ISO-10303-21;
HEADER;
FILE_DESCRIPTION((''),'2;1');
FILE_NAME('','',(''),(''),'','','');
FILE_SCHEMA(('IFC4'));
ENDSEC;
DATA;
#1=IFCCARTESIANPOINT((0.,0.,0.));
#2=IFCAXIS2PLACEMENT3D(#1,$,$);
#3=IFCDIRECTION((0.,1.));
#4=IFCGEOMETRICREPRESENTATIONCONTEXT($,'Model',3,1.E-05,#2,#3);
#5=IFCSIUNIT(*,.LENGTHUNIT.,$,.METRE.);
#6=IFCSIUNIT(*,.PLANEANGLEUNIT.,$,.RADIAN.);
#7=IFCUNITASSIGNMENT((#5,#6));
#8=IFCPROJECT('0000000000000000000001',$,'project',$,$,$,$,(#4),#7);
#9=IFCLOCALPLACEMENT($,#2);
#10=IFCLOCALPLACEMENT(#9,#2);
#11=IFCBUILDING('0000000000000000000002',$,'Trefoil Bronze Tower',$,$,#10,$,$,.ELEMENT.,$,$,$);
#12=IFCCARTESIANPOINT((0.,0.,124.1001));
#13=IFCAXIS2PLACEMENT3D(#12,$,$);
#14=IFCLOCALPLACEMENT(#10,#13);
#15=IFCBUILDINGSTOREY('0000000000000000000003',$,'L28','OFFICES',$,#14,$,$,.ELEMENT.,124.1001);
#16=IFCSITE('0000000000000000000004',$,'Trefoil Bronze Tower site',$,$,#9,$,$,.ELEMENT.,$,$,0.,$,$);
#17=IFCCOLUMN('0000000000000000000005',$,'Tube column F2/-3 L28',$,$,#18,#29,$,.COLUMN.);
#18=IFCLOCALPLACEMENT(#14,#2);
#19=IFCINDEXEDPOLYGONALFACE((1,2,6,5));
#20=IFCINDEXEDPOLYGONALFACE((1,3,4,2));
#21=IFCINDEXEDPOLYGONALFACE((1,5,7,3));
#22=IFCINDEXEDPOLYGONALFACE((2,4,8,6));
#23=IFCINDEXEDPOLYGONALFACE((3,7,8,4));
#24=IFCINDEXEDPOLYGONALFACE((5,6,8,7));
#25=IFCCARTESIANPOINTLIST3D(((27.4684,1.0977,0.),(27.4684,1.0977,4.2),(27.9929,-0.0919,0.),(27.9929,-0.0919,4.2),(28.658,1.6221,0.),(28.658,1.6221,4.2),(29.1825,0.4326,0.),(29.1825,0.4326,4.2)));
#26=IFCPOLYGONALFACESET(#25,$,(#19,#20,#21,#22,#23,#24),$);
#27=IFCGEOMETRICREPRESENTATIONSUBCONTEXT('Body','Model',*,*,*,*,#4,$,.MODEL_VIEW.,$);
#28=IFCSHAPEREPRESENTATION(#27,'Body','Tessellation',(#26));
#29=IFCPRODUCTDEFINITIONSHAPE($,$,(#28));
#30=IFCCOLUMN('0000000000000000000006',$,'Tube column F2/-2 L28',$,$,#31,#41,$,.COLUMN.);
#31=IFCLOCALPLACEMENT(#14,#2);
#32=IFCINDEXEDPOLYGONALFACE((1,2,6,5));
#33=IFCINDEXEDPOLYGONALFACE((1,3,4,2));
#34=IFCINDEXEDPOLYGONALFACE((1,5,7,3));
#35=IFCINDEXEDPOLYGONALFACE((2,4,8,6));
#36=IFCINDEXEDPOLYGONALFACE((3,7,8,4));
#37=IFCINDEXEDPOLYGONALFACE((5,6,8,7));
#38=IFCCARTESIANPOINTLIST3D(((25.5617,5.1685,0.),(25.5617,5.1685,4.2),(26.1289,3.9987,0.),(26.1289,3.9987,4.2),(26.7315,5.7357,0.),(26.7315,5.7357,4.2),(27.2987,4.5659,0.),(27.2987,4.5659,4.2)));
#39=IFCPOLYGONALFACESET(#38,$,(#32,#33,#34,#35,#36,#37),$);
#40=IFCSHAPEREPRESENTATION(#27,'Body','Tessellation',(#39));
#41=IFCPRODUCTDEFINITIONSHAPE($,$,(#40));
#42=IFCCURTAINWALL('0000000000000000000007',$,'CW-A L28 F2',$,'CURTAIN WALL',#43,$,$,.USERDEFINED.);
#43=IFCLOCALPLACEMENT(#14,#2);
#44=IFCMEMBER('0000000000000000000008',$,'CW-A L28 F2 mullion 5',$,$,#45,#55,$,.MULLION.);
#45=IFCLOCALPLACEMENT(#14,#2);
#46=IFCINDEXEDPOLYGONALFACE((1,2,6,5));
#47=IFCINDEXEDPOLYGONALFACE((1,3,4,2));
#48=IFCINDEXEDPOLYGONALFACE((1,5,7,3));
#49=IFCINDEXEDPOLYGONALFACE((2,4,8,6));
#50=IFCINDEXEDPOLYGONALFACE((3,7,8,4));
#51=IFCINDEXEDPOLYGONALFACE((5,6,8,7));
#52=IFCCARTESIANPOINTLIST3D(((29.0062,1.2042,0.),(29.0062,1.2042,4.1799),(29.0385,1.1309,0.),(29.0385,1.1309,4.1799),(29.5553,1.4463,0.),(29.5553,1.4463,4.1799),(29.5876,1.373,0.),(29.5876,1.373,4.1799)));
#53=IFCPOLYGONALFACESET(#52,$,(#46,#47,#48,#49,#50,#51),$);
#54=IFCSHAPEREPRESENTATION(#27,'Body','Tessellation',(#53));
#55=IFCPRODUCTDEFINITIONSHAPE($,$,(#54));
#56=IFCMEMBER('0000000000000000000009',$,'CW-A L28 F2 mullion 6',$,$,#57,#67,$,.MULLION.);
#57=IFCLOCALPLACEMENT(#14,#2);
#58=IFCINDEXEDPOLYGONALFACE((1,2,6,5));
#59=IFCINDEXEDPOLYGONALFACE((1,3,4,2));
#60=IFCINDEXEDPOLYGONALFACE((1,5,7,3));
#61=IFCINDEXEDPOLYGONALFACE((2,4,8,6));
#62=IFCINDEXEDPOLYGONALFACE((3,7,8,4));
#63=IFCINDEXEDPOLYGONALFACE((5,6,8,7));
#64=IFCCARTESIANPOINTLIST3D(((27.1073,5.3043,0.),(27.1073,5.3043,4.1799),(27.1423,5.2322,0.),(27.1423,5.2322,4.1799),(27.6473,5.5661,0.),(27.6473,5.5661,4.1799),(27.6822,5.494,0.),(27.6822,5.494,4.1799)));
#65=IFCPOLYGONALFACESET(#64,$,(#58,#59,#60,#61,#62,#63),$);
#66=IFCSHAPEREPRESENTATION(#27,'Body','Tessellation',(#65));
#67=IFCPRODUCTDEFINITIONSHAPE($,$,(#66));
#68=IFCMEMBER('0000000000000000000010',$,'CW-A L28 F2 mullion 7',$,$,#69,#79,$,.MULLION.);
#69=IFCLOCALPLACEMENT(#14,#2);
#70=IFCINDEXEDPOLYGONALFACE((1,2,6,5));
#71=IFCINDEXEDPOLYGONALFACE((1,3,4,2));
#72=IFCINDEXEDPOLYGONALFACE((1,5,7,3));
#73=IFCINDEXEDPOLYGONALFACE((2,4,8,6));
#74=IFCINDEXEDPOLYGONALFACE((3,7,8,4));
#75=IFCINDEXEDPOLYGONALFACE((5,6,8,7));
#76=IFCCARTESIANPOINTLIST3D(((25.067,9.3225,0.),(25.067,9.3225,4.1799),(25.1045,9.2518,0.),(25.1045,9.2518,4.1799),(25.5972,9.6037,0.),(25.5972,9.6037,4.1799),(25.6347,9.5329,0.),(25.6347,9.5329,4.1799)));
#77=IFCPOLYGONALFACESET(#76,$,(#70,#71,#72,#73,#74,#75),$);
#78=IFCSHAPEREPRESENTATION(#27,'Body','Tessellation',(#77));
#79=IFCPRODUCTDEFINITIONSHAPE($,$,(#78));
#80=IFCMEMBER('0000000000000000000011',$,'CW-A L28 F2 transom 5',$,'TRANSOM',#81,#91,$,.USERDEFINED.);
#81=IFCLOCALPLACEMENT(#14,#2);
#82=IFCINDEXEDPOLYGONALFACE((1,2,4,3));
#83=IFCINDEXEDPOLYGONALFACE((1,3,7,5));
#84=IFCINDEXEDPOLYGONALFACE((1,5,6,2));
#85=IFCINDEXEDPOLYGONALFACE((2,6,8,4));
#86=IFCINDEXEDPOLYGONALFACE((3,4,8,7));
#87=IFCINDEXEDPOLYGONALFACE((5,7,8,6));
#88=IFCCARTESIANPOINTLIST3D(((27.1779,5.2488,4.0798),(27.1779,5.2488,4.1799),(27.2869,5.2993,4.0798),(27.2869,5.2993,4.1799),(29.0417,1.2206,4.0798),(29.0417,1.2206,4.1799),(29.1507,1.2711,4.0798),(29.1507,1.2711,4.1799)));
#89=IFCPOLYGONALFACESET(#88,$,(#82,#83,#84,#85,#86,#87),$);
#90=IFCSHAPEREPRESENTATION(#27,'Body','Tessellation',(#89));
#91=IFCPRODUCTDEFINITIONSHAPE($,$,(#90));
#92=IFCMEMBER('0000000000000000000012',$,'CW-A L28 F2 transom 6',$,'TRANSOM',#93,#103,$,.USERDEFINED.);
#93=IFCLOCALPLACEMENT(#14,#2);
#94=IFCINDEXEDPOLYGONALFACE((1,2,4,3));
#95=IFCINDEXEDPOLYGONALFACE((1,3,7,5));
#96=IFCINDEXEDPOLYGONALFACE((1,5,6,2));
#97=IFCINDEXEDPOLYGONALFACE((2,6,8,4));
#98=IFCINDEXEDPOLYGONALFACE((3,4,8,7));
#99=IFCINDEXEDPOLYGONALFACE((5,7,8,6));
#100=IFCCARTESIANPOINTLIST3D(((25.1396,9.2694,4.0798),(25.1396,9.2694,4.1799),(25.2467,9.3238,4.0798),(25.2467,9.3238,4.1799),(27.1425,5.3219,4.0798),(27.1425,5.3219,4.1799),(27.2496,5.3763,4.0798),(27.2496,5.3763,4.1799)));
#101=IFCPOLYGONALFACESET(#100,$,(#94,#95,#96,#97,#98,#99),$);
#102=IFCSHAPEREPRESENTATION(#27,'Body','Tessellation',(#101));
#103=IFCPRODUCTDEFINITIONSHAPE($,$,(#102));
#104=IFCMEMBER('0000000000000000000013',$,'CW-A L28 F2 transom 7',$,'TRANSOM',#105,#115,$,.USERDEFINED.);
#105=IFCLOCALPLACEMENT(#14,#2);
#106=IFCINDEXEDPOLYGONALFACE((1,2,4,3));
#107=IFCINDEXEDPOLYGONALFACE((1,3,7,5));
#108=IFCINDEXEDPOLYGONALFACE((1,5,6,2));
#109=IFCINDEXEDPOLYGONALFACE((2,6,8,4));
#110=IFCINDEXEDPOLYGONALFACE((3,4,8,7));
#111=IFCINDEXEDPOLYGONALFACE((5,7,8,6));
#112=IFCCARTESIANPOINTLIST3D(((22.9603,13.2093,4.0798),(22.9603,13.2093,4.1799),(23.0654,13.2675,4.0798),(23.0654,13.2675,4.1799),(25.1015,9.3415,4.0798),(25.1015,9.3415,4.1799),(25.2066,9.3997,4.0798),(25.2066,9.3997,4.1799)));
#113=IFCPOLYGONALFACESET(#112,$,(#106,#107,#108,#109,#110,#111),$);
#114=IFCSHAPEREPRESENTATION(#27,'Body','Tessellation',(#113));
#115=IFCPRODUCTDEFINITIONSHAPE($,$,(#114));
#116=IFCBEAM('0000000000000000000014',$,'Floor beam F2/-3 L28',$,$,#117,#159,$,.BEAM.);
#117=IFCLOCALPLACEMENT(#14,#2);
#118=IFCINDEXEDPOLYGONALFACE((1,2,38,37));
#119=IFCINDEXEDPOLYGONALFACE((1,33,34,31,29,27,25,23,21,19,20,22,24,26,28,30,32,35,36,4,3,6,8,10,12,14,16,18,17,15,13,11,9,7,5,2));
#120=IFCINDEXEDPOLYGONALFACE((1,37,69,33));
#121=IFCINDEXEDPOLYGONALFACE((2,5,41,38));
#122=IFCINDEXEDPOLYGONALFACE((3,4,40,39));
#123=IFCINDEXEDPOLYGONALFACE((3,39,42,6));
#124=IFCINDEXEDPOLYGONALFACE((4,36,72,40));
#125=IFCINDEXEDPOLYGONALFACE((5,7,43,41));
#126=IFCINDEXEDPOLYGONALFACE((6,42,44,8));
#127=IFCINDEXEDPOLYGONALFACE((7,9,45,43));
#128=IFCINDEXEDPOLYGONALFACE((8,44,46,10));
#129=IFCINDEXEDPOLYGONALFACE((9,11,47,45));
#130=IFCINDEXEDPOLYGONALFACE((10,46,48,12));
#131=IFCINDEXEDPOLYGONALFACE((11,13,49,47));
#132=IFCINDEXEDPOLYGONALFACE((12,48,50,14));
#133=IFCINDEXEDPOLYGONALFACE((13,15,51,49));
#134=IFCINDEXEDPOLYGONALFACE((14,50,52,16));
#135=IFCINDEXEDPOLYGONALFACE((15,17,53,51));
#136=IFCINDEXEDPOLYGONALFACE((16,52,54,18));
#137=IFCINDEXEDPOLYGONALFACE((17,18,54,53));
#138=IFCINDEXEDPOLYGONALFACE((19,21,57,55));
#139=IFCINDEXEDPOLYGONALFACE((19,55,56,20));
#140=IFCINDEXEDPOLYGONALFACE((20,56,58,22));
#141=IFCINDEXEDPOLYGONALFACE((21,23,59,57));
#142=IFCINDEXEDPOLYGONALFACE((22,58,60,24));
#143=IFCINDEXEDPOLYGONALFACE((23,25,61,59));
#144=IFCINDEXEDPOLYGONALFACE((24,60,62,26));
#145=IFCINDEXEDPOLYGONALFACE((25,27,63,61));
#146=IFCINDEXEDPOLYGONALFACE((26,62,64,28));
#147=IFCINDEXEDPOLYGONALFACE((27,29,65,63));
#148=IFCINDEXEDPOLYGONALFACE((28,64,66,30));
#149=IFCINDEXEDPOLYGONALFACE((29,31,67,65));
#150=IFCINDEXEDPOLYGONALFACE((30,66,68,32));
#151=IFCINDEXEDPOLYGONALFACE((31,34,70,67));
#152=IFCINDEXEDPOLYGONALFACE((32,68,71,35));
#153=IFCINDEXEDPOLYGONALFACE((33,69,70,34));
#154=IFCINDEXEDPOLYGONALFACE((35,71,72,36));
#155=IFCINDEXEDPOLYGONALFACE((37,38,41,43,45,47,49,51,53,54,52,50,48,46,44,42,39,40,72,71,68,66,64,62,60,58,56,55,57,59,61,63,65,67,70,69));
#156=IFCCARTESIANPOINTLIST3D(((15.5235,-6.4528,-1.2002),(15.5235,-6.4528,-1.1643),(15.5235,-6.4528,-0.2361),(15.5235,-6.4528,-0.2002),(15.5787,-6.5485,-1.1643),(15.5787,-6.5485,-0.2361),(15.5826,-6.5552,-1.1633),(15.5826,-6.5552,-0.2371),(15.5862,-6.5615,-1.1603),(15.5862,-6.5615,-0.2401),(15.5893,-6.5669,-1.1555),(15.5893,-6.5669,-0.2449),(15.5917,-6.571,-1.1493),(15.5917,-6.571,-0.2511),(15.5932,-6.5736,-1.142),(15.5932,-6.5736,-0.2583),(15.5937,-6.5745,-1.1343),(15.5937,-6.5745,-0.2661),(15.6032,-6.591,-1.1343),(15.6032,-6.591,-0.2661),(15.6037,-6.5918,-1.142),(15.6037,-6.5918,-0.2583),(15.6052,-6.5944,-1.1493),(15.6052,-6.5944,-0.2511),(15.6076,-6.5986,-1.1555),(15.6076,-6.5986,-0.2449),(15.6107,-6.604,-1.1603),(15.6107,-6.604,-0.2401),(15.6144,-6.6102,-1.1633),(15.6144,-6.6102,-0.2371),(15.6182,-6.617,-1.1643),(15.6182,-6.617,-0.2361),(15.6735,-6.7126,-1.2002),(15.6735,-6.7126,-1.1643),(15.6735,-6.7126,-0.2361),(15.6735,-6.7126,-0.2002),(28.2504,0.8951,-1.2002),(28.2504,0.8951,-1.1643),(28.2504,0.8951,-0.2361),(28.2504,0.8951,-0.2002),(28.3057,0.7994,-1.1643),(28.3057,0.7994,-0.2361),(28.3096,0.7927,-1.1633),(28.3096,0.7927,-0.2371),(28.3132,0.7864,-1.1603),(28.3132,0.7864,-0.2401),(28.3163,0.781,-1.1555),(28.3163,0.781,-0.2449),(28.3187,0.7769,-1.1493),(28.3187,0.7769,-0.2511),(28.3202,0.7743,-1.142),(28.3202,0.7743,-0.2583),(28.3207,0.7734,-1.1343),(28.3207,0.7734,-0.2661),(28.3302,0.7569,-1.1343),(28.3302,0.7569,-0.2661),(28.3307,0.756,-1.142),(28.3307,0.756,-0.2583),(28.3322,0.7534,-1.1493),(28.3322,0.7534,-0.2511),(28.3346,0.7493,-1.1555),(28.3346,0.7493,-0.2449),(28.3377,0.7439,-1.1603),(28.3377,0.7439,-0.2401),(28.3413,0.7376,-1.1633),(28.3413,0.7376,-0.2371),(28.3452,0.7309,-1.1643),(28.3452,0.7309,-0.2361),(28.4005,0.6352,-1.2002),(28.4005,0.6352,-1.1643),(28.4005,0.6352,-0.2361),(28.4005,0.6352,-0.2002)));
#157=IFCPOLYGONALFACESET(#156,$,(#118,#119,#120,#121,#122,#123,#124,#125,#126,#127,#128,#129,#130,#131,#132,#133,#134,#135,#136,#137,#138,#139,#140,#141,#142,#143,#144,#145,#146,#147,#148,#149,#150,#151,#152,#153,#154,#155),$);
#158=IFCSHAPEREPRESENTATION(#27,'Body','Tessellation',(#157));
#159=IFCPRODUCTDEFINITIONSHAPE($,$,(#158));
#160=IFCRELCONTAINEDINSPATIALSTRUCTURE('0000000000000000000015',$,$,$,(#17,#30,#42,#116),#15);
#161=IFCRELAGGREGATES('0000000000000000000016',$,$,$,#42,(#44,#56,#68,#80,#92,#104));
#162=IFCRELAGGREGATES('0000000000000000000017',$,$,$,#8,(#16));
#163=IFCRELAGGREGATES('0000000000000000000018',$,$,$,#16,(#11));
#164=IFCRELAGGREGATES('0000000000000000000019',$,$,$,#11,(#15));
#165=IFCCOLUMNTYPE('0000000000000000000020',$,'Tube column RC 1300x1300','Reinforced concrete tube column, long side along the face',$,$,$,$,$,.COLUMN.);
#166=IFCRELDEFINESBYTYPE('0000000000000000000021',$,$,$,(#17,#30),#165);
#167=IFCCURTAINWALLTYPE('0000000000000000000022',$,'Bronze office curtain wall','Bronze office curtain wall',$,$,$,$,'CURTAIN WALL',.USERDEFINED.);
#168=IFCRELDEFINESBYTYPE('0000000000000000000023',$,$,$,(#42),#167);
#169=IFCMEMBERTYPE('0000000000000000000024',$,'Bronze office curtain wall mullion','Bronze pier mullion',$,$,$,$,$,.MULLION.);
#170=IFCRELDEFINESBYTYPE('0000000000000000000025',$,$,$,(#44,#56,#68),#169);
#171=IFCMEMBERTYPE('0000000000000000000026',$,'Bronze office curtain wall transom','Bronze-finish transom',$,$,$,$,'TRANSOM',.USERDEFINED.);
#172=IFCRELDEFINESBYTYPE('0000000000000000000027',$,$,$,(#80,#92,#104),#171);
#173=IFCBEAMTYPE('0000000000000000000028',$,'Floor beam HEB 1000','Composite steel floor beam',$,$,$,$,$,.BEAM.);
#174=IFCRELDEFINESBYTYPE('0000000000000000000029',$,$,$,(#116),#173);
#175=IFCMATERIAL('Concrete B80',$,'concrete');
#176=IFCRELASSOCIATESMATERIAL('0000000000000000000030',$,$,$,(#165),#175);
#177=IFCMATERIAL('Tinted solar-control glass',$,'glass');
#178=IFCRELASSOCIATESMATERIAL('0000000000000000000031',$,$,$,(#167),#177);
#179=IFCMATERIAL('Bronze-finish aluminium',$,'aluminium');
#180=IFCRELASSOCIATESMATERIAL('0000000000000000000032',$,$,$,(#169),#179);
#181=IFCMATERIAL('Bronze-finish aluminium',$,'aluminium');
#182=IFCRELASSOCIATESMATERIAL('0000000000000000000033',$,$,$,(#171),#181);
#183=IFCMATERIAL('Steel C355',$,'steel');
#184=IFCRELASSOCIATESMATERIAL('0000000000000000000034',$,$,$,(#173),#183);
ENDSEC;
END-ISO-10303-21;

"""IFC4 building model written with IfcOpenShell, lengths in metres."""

from ifc_helpers import new_model, si_unit, direction, frame, origin, origin_2d, place, context, subcontext, project, spatial, rectangle, i_section, extrude, material, material_profile, profile_set, type_object, element, aggregate, save


model = new_model("IFC4")

# Units and contexts
model_context = context("Model", 3, precision=1e-05, world=origin(), true_north=direction((0.0, 1.0)))
body_context = subcontext(model_context, "Body", "Model", "MODEL_VIEW")
ifc_project = project(units=[si_unit("LENGTHUNIT", "METRE"), si_unit("PLANEANGLEUNIT", "RADIAN")], contexts=[model_context])

# Site, building, storey
site_placement = place(None, origin())
site = spatial("IfcSite", under=ifc_project, at=site_placement, Name="Trefoil Bronze Tower site", CompositionType="ELEMENT", RefElevation=0.0)
building_placement = place(site_placement, origin())
building = spatial("IfcBuilding", under=site, at=building_placement, Name="Trefoil Bronze Tower", CompositionType="ELEMENT")
storey_placement = place(building_placement, frame((0.0, 0.0, 124.1001)))
storey = spatial("IfcBuildingStorey", under=building, at=storey_placement, Name="L28", Description="OFFICES", CompositionType="ELEMENT", Elevation=124.1001)

# Columns
ifc_material_1 = material(Name="Concrete B80", Category="concrete")
ifc_material_profile_1 = material_profile(ifc_material_1, rectangle(XDim=1.3, YDim=1.3, at=origin_2d()), Name="RC 1300x1300")
ifc_profile_set_1 = profile_set([ifc_material_profile_1], Name="Concrete B80")
column_type = type_object("IfcColumnType", Name="Tube column RC 1300x1300", Description="Reinforced concrete tube column, long side along the face", PredefinedType="COLUMN", material=ifc_profile_set_1)
for number, where, z_axis, x_axis, name in (
    (1, (28.3254, 0.7651, 0.0), (0.0, 0.0, 1.0), (-0.403412, 0.915018, 0.0), "Tube column F2/-3 L28"),
    (2, (26.4302, 4.8672, 0.0), (0.0, 0.0, 1.0), (-0.436262, 0.89982, 0.0), "Tube column F2/-2 L28"),
):
    element("IfcColumn", number, at=place(storey_placement, frame(where, z_axis=z_axis, x_axis=x_axis)), inside=storey, type_object=column_type, Name=name, PredefinedType="COLUMN", context=body_context, shape_type="SweptSolid", body=[
        extrude(rectangle(XDim=1.3, YDim=1.3, at=origin_2d()), origin(), (0.0, 0.0, 1.0), 4.2),
    ])

# Curtain wall, members
ifc_material_2 = material(Name="Tinted solar-control glass", Category="glass")
curtain_wall_type = type_object("IfcCurtainWallType", Name="Bronze office curtain wall", Description="Bronze office curtain wall", ElementType="CURTAIN WALL", PredefinedType="USERDEFINED", material=ifc_material_2)
curtain_wall_placement = place(storey_placement, origin())
curtain_wall = element("IfcCurtainWall", 3, at=curtain_wall_placement, inside=storey, type_object=curtain_wall_type, Name="CW-A L28 F2", ObjectType="CURTAIN WALL", PredefinedType="USERDEFINED")
ifc_material_3 = material(Name="Bronze-finish aluminium", Category="aluminium")
ifc_material_profile_2 = material_profile(ifc_material_3, rectangle(XDim=0.6001, YDim=0.0801, at=origin_2d()), Name="CW-A mullion")
ifc_profile_set_2 = profile_set([ifc_material_profile_2], Name="Bronze-finish aluminium")
member_type_1 = type_object("IfcMemberType", Name="Bronze office curtain wall mullion", Description="Bronze pier mullion", PredefinedType="MULLION", material=ifc_profile_set_2)
member_1_placement = place(storey_placement, frame((29.2969, 1.2886, 0.0), z_axis=(0.0, 0.0, 1.0), x_axis=(-0.915018, -0.403412, 0.0)))
member_1 = element("IfcMember", 4, at=member_1_placement, type_object=member_type_1, Name="CW-A L28 F2 mullion 5", PredefinedType="MULLION", context=body_context, shape_type="SweptSolid", body=[
    extrude(rectangle(XDim=0.6001, YDim=0.0801, at=origin_2d()), origin(), (0.0, 0.0, 1.0), 4.1799),
])
member_2_placement = place(storey_placement, frame((27.3948, 5.3992, 0.0), z_axis=(0.0, 0.0, 1.0), x_axis=(-0.89982, -0.436262, 0.0)))
member_2 = element("IfcMember", 5, at=member_2_placement, type_object=member_type_1, Name="CW-A L28 F2 mullion 6", PredefinedType="MULLION", context=body_context, shape_type="SweptSolid", body=[
    extrude(rectangle(XDim=0.6001, YDim=0.0801, at=origin_2d()), origin(), (0.0, 0.0, 1.0), 4.1799),
])
member_3_placement = place(storey_placement, frame((25.3508, 9.4277, 0.0), z_axis=(0.0, 0.0, 1.0), x_axis=(-0.883486, -0.468457, 0.0)))
member_3 = element("IfcMember", 6, at=member_3_placement, type_object=member_type_1, Name="CW-A L28 F2 mullion 7", PredefinedType="MULLION", context=body_context, shape_type="SweptSolid", body=[
    extrude(rectangle(XDim=0.6001, YDim=0.0801, at=origin_2d()), origin(), (0.0, 0.0, 1.0), 4.1799),
])
ifc_material_4 = material(Name="Bronze-finish aluminium", Category="aluminium")
ifc_material_profile_3 = material_profile(ifc_material_4, rectangle(XDim=0.1201, YDim=0.1001, at=origin_2d()), Name="CW-A transom")
ifc_profile_set_3 = profile_set([ifc_material_profile_3], Name="Bronze-finish aluminium")
member_type_2 = type_object("IfcMemberType", Name="Bronze office curtain wall transom", Description="Bronze-finish transom", ElementType="TRANSOM", PredefinedType="USERDEFINED", material=ifc_profile_set_3)
member_4_placement = place(storey_placement, frame((29.0962, 1.2458, 4.1299), z_axis=(-0.419923, 0.90756, 0.0), x_axis=(-0.90756, -0.419923, 0.0)))
member_4 = element("IfcMember", 7, at=member_4_placement, type_object=member_type_2, Name="CW-A L28 F2 transom 5", ObjectType="TRANSOM", PredefinedType="USERDEFINED", context=body_context, shape_type="SweptSolid", body=[
    extrude(rectangle(XDim=0.1201, YDim=0.1001, at=origin_2d()), origin(), (0.0, 0.0, 1.0), 4.4385),
])
member_5_placement = place(storey_placement, frame((27.196, 5.3491, 4.1299), z_axis=(-0.452478, 0.891775, 0.0), x_axis=(-0.891775, -0.452478, 0.0)))
member_5 = element("IfcMember", 8, at=member_5_placement, type_object=member_type_2, Name="CW-A L28 F2 transom 6", ObjectType="TRANSOM", PredefinedType="USERDEFINED", context=body_context, shape_type="SweptSolid", body=[
    extrude(rectangle(XDim=0.1201, YDim=0.1001, at=origin_2d()), origin(), (0.0, 0.0, 1.0), 4.4265),
])
member_6_placement = place(storey_placement, frame((25.1541, 9.3706, 4.1299), z_axis=(-0.484329, 0.874886, 0.0), x_axis=(-0.874886, -0.484329, 0.0)))
member_6 = element("IfcMember", 9, at=member_6_placement, type_object=member_type_2, Name="CW-A L28 F2 transom 7", ObjectType="TRANSOM", PredefinedType="USERDEFINED", context=body_context, shape_type="SweptSolid", body=[
    extrude(rectangle(XDim=0.1201, YDim=0.1001, at=origin_2d()), origin(), (0.0, 0.0, 1.0), 4.4209),
])

# Beam
ifc_material_5 = material(Name="Steel C355", Category="steel")
ifc_material_profile_4 = material_profile(ifc_material_5, i_section(OverallWidth=0.3, OverallDepth=1.0, WebThickness=0.019, FlangeThickness=0.0359, FilletRadius=0.03, at=origin_2d()), Name="HEB 1000")
ifc_profile_set_4 = profile_set([ifc_material_profile_4], Name="Steel C355")
beam_type_1 = type_object("IfcBeamType", Name="Floor beam HEB 1000", Description="Composite steel floor beam", PredefinedType="BEAM", material=ifc_profile_set_4)
beam_1_placement = place(storey_placement, frame((28.3254, 0.7651, -0.7002), z_axis=(-0.866027, -0.499997, 0.0), x_axis=(0.499997, -0.866027, 0.0)))
element("IfcBeam", 10, at=beam_1_placement, inside=storey, type_object=beam_type_1, Name="Floor beam F2/-3 L28", PredefinedType="BEAM", context=body_context, shape_type="SweptSolid", body=[
    extrude(i_section(OverallWidth=0.3, OverallDepth=1.0, WebThickness=0.019, FlangeThickness=0.0359, FilletRadius=0.03, at=origin_2d()), origin(), (0.0, 0.0, 1.0), 14.6958),
])

aggregate(curtain_wall, [member_1, member_2, member_3, member_4, member_5, member_6])

save(model, "model.ifc")
